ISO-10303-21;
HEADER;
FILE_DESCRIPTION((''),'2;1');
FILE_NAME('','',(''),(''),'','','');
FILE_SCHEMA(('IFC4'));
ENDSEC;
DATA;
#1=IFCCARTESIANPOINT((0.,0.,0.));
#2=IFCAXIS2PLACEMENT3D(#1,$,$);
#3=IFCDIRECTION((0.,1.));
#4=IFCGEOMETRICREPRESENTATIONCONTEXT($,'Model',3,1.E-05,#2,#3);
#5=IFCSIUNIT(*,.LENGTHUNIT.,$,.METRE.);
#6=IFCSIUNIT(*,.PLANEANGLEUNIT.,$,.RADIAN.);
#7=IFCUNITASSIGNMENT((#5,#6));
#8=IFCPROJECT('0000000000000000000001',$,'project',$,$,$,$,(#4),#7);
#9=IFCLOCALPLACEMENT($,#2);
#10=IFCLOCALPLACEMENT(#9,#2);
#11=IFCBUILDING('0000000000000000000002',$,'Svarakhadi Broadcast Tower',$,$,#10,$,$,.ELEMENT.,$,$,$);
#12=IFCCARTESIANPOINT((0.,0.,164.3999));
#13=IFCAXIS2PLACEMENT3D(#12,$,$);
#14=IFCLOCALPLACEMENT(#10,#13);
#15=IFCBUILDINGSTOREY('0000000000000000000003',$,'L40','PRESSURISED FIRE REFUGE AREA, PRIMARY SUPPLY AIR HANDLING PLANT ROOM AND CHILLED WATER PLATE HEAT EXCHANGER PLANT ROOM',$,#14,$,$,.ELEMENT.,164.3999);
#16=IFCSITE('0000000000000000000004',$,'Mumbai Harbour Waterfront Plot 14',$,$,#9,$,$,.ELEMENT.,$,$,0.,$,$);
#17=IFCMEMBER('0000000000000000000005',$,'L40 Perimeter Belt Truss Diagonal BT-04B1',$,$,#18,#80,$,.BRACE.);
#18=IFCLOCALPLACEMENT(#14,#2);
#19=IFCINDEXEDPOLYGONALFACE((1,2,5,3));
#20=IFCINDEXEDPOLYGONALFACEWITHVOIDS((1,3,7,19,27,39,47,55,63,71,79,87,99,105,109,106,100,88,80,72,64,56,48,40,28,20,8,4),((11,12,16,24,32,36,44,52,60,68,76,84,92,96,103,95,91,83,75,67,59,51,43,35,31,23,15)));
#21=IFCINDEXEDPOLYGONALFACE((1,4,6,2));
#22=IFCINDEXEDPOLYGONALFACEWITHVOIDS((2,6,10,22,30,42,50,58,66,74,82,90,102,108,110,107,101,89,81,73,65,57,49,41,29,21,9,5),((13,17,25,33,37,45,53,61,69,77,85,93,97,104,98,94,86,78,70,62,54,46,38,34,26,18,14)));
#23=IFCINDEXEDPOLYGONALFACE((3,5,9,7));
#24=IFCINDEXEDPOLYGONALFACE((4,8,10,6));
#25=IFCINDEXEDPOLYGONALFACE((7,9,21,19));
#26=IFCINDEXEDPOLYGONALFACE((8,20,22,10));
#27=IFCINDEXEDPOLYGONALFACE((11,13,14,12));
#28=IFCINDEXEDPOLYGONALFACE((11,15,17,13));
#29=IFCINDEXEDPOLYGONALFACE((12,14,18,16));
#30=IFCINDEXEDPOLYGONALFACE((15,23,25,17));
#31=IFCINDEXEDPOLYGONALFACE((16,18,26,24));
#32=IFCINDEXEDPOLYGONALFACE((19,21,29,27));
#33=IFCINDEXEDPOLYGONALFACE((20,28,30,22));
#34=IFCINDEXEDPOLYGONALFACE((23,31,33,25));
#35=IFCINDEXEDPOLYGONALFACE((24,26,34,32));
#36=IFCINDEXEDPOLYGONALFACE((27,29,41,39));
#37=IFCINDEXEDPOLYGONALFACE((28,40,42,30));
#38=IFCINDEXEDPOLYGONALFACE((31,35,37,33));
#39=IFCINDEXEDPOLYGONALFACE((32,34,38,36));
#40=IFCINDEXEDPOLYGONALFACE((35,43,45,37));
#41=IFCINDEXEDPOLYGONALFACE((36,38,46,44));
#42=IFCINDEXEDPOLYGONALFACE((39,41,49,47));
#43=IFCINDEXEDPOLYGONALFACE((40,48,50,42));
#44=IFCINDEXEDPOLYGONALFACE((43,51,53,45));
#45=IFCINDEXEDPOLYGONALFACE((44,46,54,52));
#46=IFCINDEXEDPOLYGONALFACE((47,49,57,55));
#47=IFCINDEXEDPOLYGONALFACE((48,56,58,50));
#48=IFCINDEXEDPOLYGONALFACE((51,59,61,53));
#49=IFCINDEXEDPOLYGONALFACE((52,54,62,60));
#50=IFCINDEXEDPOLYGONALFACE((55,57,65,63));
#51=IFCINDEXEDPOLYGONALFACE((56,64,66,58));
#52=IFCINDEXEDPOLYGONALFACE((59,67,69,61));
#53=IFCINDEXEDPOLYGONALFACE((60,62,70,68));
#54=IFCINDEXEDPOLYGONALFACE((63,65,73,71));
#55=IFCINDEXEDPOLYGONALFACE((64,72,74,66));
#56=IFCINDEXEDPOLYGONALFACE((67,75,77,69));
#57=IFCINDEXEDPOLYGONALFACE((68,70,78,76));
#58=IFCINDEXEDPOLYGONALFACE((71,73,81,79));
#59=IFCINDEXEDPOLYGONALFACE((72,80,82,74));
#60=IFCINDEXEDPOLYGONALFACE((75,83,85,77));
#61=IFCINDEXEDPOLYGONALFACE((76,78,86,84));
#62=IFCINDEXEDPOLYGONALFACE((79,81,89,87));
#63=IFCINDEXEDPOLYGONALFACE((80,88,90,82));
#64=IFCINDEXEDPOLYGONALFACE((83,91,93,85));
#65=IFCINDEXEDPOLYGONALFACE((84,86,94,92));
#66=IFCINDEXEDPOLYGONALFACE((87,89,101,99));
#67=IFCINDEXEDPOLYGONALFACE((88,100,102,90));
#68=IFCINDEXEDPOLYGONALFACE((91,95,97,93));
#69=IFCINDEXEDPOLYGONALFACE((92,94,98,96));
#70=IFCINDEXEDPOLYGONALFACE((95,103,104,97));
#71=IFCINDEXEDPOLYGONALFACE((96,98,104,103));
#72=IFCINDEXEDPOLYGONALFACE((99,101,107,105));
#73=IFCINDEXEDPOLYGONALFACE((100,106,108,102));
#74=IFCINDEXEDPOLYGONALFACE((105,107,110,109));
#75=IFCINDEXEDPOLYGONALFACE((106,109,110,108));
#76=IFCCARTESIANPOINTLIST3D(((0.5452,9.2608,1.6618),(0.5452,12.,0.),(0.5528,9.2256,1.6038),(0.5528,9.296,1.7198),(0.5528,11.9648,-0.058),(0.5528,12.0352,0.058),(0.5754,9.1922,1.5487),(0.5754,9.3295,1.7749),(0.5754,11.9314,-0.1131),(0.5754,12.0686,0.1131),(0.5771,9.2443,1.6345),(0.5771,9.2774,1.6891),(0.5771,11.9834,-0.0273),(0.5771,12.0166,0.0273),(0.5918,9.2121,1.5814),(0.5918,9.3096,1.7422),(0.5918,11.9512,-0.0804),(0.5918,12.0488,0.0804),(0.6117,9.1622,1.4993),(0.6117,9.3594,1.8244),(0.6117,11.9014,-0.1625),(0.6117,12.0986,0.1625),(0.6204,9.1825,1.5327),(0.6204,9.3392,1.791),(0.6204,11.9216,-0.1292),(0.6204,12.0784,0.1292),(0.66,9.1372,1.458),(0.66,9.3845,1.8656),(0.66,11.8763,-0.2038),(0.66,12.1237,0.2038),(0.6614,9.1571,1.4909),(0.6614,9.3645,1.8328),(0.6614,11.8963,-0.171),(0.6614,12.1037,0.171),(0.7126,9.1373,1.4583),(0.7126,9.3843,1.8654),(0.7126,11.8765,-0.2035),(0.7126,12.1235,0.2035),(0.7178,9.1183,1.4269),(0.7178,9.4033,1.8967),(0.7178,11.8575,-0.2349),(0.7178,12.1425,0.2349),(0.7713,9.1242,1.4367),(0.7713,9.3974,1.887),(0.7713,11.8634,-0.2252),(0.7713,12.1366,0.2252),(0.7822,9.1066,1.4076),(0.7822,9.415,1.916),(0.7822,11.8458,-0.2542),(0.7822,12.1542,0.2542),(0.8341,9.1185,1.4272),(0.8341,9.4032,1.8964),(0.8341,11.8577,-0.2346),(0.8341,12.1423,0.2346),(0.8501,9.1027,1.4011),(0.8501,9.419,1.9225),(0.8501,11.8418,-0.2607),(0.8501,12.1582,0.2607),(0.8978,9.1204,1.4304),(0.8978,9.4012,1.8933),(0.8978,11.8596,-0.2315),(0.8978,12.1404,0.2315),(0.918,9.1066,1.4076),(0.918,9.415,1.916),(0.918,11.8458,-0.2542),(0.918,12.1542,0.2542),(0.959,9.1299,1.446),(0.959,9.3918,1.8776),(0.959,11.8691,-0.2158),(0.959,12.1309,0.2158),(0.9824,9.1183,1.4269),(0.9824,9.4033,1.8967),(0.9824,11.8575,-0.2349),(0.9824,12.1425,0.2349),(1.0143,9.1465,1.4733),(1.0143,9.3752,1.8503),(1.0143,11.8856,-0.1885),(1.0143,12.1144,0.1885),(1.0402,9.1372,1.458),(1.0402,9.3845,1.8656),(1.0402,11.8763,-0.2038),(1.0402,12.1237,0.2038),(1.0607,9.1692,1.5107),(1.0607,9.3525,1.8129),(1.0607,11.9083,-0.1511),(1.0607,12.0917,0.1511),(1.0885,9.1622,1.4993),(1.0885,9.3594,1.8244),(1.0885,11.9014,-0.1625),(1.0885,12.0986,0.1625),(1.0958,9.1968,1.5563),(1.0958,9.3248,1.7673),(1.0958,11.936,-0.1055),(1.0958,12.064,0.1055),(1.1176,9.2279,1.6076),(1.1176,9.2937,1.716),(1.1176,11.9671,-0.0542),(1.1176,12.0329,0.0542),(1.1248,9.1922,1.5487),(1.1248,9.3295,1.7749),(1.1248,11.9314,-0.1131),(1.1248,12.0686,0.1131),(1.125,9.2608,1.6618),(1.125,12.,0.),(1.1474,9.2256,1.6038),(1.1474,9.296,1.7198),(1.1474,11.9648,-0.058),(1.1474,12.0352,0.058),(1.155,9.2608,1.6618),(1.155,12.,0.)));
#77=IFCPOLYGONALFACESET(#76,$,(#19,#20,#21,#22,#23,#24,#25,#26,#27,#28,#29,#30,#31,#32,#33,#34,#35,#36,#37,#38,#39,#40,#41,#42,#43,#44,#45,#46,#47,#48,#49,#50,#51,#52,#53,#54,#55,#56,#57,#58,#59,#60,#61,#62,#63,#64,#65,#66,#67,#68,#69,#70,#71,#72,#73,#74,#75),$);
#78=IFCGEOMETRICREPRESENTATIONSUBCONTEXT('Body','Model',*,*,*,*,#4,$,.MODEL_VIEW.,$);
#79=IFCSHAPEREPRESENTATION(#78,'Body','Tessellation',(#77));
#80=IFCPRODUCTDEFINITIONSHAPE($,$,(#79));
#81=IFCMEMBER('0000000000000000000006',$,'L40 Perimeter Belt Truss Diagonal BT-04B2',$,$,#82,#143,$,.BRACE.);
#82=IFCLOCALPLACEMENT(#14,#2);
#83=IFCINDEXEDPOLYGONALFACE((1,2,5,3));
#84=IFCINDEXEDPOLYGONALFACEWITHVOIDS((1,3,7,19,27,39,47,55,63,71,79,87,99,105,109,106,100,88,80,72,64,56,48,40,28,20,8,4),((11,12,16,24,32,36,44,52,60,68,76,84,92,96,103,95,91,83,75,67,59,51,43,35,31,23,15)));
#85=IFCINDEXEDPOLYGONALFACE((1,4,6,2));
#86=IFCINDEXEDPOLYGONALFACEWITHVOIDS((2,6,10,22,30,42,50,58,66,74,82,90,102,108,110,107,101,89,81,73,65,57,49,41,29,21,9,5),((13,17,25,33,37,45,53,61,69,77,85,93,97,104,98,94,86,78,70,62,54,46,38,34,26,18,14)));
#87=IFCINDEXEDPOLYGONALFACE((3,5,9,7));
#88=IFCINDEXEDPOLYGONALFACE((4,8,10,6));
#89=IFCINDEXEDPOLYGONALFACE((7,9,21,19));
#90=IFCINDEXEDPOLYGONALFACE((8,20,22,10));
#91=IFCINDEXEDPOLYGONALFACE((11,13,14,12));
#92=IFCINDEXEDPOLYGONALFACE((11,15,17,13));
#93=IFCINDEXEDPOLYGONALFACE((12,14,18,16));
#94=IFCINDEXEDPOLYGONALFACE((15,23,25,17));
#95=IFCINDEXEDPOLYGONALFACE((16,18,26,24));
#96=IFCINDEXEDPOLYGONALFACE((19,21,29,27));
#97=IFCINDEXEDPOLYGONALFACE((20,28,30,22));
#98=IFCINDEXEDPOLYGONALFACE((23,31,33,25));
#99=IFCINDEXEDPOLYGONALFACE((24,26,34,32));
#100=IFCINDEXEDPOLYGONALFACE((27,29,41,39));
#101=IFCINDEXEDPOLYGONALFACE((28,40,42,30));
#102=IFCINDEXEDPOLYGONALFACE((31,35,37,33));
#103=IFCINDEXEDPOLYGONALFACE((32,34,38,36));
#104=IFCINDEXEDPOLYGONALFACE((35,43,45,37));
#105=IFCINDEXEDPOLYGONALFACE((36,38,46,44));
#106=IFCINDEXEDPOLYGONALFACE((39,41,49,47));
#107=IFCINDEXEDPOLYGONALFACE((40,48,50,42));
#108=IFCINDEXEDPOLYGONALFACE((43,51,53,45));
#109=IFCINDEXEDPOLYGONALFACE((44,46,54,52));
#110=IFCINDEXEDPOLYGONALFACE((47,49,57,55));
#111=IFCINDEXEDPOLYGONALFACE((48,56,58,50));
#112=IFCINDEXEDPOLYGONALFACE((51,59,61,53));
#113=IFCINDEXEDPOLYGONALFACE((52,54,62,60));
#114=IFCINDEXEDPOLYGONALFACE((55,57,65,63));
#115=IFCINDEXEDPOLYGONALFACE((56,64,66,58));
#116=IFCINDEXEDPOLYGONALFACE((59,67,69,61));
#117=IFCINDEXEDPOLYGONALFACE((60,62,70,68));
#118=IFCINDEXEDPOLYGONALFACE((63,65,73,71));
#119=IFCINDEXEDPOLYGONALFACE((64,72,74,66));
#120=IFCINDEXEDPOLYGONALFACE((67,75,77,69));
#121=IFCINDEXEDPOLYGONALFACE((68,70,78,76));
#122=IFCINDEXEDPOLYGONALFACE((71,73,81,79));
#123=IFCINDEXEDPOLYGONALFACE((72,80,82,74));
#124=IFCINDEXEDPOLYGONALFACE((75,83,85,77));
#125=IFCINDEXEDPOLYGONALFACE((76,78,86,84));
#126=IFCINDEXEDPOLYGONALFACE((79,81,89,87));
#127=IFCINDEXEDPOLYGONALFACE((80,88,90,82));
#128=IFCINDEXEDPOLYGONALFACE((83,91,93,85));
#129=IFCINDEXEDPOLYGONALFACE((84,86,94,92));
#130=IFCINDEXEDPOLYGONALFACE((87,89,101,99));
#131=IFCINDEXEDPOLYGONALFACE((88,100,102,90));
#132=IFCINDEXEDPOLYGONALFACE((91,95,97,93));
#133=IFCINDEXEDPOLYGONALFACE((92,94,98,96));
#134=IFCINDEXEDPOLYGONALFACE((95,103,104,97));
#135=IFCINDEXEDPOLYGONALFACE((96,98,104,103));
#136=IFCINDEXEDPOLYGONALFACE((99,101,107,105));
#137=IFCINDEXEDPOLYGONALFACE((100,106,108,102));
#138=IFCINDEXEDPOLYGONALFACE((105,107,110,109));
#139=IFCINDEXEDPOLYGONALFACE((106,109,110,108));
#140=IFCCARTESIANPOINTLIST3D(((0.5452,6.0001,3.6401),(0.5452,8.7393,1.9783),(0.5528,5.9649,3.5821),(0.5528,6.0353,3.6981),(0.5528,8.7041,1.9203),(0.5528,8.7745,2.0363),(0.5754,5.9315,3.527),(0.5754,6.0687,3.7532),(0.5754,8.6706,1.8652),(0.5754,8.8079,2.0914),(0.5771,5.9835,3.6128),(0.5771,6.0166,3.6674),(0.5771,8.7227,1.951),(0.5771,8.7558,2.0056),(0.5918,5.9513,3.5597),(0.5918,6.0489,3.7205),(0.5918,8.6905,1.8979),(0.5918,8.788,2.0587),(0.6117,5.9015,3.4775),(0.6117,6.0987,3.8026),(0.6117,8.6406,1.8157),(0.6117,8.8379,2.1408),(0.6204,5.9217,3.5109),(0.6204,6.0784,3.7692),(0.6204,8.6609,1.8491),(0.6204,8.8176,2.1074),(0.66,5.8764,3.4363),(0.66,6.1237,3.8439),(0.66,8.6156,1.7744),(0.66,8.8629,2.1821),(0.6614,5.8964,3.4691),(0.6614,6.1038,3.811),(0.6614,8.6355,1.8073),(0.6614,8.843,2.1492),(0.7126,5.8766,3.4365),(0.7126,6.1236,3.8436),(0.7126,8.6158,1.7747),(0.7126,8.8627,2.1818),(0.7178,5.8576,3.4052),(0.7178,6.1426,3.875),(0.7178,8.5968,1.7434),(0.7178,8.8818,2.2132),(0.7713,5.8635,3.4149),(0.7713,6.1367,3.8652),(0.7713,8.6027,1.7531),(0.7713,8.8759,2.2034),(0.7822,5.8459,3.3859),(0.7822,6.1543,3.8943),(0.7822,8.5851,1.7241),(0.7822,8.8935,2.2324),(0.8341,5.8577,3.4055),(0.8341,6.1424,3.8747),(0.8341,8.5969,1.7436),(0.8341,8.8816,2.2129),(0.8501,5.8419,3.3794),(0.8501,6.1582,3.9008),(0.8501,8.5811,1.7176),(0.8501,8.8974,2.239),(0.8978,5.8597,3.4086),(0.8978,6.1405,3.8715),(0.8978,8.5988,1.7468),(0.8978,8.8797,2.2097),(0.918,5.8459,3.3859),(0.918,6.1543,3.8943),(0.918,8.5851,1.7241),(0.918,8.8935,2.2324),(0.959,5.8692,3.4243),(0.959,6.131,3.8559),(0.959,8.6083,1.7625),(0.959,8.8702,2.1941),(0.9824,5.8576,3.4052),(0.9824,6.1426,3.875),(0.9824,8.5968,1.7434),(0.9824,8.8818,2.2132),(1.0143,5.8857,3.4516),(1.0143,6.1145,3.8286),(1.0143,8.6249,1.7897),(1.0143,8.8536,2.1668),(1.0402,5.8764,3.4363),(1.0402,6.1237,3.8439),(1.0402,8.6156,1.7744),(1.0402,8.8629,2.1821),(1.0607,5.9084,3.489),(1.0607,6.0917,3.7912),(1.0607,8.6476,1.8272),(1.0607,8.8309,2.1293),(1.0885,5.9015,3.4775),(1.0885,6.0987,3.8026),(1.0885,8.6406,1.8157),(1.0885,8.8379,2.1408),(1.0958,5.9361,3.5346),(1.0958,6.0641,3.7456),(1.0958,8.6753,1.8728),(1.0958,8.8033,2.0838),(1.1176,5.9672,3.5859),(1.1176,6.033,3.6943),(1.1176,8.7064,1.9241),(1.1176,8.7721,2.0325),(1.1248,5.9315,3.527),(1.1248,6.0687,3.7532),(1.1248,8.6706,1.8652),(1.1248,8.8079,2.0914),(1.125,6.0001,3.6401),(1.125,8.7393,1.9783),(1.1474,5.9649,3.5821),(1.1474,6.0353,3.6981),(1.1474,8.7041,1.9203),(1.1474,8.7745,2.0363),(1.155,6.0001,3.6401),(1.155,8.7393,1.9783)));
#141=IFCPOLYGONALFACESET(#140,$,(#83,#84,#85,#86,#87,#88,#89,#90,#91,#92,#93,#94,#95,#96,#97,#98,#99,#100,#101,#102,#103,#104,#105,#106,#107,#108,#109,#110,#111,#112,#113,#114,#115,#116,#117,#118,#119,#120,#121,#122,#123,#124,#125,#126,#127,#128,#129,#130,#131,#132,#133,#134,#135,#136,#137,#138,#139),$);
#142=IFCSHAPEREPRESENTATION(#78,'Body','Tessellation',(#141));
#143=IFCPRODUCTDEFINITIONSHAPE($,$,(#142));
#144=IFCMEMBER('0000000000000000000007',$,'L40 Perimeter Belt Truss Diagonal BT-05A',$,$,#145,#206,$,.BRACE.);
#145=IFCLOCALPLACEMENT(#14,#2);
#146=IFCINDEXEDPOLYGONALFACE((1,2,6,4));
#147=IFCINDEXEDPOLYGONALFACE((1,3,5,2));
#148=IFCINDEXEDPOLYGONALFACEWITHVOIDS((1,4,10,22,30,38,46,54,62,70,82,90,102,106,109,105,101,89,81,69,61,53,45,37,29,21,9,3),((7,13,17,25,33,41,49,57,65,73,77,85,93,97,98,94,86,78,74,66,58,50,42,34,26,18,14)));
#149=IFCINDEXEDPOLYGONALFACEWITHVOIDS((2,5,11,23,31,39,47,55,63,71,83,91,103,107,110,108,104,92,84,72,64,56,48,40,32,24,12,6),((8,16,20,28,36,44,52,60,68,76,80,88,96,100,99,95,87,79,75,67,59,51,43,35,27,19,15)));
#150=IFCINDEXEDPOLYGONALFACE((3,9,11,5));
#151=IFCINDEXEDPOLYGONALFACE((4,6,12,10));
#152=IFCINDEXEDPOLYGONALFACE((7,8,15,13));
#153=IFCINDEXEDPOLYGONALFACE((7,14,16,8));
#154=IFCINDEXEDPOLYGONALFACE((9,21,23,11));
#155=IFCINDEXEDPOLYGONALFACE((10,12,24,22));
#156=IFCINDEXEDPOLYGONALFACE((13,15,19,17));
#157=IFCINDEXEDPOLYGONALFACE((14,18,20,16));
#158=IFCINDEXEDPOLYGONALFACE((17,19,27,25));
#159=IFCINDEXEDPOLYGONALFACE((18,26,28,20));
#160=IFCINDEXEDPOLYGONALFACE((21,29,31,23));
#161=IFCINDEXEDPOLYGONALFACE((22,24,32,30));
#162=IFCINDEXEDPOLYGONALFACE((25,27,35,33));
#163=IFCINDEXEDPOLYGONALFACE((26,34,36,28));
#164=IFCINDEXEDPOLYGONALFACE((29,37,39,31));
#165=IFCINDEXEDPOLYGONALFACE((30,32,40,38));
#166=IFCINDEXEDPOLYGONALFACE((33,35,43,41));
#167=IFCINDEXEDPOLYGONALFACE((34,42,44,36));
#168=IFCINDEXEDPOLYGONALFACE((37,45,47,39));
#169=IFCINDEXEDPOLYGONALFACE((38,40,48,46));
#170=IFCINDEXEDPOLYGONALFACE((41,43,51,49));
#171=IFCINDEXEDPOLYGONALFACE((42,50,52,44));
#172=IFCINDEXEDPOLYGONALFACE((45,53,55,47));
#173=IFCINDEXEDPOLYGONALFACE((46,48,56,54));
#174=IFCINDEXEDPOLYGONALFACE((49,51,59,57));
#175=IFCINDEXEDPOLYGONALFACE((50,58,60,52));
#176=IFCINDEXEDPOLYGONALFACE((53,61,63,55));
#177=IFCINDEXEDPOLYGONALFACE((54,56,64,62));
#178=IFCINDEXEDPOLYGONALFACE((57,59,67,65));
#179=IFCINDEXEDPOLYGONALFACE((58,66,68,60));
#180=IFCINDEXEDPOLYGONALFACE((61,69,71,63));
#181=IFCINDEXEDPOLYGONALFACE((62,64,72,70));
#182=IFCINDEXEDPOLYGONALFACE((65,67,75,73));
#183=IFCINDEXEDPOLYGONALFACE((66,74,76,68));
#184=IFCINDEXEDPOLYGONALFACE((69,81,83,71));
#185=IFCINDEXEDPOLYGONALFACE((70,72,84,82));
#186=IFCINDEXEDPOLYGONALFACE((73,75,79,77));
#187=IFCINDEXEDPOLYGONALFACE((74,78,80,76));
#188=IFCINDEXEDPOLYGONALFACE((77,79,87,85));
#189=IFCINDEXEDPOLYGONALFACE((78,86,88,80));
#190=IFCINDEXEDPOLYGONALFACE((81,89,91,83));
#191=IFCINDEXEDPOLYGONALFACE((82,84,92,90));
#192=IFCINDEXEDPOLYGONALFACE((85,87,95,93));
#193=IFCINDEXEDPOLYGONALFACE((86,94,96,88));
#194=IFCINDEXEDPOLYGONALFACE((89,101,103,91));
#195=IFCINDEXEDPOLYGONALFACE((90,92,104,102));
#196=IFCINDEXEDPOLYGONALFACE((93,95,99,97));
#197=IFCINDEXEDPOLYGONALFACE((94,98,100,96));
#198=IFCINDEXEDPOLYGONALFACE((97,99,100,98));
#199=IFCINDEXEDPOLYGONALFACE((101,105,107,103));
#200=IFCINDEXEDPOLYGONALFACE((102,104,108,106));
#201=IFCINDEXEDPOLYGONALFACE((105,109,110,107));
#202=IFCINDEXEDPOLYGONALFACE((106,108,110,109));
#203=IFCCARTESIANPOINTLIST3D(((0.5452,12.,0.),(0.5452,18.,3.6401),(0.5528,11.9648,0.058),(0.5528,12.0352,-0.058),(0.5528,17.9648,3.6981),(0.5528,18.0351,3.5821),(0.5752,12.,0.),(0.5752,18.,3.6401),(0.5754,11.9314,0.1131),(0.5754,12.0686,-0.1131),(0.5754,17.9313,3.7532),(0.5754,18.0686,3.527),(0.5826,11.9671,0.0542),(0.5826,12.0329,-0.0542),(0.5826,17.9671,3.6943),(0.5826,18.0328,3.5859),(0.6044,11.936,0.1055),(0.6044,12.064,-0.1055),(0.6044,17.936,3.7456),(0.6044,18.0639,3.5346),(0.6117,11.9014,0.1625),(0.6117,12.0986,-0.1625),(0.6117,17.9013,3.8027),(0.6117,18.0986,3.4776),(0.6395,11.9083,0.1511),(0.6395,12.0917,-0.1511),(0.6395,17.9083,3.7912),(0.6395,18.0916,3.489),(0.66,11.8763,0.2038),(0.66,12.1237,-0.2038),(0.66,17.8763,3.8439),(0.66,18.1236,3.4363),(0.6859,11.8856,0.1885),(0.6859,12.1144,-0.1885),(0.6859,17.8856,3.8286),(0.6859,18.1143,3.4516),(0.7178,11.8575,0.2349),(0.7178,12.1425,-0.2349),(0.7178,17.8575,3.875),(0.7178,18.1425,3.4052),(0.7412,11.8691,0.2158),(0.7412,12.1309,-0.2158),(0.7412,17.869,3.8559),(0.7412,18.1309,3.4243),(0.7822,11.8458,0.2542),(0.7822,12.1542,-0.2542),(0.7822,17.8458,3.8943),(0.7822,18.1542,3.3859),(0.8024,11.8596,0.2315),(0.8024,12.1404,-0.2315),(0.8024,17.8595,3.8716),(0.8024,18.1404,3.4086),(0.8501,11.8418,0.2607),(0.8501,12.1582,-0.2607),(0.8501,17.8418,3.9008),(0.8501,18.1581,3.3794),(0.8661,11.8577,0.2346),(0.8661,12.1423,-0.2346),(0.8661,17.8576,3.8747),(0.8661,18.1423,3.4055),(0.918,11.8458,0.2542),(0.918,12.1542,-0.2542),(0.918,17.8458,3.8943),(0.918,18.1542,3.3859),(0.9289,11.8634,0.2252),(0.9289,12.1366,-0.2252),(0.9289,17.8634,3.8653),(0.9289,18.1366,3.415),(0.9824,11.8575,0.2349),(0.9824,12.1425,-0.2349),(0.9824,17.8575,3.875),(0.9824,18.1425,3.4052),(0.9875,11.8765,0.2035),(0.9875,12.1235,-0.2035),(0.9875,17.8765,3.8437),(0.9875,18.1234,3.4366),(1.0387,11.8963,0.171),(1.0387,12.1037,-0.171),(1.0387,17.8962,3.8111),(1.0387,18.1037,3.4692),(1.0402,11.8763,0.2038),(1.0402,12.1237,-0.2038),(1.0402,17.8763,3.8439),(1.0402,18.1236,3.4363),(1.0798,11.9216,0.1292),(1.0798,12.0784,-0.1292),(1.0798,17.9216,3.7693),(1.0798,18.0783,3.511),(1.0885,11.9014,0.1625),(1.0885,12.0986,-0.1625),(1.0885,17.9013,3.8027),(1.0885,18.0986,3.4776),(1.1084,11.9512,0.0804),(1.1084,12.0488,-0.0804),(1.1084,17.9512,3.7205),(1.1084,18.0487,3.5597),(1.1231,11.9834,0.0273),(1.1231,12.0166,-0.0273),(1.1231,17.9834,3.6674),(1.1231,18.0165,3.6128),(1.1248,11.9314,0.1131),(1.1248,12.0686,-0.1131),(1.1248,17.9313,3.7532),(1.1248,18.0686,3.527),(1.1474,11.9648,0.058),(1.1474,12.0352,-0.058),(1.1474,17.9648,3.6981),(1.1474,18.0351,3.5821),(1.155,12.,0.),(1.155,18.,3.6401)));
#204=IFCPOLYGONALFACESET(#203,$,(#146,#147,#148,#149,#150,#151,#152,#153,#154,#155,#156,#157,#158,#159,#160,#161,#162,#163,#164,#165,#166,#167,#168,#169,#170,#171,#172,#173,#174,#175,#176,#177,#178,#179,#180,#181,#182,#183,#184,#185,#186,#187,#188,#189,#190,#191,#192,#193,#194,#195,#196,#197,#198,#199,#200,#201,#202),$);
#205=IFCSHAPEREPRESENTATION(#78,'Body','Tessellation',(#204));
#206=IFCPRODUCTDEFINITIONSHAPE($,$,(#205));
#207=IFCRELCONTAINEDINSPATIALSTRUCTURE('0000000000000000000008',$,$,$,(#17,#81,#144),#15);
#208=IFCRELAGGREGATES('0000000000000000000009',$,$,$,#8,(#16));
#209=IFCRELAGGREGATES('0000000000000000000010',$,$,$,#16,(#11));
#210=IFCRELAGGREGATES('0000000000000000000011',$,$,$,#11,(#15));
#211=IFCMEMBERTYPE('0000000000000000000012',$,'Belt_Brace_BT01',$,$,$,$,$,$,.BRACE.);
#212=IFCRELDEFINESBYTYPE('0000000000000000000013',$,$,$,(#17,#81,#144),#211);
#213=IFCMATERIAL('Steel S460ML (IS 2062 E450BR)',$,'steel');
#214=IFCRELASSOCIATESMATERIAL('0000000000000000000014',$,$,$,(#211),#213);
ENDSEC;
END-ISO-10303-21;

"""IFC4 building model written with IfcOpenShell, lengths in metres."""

from ifc_helpers import new_model, si_unit, direction, frame, origin, origin_2d, place, context, subcontext, project, spatial, hollow_circle, extrude, material, material_profile, profile_set, type_object, element, save


model = new_model("IFC4")

# Units and contexts
model_context = context("Model", 3, precision=1e-05, world=origin(), true_north=direction((0.0, 1.0)))
body_context = subcontext(model_context, "Body", "Model", "MODEL_VIEW")
ifc_project = project(units=[si_unit("LENGTHUNIT", "METRE"), si_unit("PLANEANGLEUNIT", "RADIAN")], contexts=[model_context])

# Site, building, storey
site_placement = place(None, origin())
site = spatial("IfcSite", under=ifc_project, at=site_placement, Name="Mumbai Harbour Waterfront Plot 14", CompositionType="ELEMENT", RefElevation=0.0)
building_placement = place(site_placement, origin())
building = spatial("IfcBuilding", under=site, at=building_placement, Name="Svarakhadi Broadcast Tower", CompositionType="ELEMENT")
storey_placement = place(building_placement, frame((0.0, 0.0, 164.3999)))
storey = spatial("IfcBuildingStorey", under=building, at=storey_placement, Name="L40", Description="PRESSURISED FIRE REFUGE AREA, PRIMARY SUPPLY AIR HANDLING PLANT ROOM AND CHILLED WATER PLATE HEAT EXCHANGER PLANT ROOM", CompositionType="ELEMENT", Elevation=164.3999)

# Shared definitions
ifc_material_1 = material(Name="Steel S460ML (IS 2062 E450BR)", Category="steel")

# Members
ifc_material_profile_1 = material_profile(ifc_material_1, hollow_circle(Radius=0.3049, WallThickness=0.03, at=origin_2d()), Name="CHS 610x30")
ifc_profile_set_1 = profile_set([ifc_material_profile_1], Name="Steel S460ML (IS 2062 E450BR)")
member_type_1 = type_object("IfcMemberType", Name="Belt_Brace_BT01", PredefinedType="BRACE", material=ifc_profile_set_1)
for number, where, z_axis, x_axis, name in (
    (1, (0.8501, 12.0, 0.0), (0.0, -0.854961, 0.518692), (1.0, 0.0, 0.0), "L40 Perimeter Belt Truss Diagonal BT-04B1"),
    (2, (0.8501, 8.7393, 1.9783), (0.0, -0.854961, 0.518692), (1.0, 0.0, 0.0), "L40 Perimeter Belt Truss Diagonal BT-04B2"),
):
    element("IfcMember", number, at=place(storey_placement, frame(where, z_axis=z_axis, x_axis=x_axis)), inside=storey, type_object=member_type_1, Name=name, PredefinedType="BRACE", context=body_context, shape_type="SweptSolid", body=[
        extrude(hollow_circle(Radius=0.3049, WallThickness=0.03, at=origin_2d()), origin(), (0.0, 0.0, 1.0), 3.2039),
    ])
member_1_placement = place(storey_placement, frame((0.8501, 12.0, 0.0), z_axis=(0.0, 0.854959, 0.518695), x_axis=(-1.0, 0.0, 0.0)))
element("IfcMember", 3, at=member_1_placement, inside=storey, type_object=member_type_1, Name="L40 Perimeter Belt Truss Diagonal BT-05A", PredefinedType="BRACE", context=body_context, shape_type="SweptSolid", body=[
    extrude(hollow_circle(Radius=0.3049, WallThickness=0.03, at=origin_2d()), origin(), (0.0, 0.0, 1.0), 7.0178),
])

save(model, "model.ifc")
